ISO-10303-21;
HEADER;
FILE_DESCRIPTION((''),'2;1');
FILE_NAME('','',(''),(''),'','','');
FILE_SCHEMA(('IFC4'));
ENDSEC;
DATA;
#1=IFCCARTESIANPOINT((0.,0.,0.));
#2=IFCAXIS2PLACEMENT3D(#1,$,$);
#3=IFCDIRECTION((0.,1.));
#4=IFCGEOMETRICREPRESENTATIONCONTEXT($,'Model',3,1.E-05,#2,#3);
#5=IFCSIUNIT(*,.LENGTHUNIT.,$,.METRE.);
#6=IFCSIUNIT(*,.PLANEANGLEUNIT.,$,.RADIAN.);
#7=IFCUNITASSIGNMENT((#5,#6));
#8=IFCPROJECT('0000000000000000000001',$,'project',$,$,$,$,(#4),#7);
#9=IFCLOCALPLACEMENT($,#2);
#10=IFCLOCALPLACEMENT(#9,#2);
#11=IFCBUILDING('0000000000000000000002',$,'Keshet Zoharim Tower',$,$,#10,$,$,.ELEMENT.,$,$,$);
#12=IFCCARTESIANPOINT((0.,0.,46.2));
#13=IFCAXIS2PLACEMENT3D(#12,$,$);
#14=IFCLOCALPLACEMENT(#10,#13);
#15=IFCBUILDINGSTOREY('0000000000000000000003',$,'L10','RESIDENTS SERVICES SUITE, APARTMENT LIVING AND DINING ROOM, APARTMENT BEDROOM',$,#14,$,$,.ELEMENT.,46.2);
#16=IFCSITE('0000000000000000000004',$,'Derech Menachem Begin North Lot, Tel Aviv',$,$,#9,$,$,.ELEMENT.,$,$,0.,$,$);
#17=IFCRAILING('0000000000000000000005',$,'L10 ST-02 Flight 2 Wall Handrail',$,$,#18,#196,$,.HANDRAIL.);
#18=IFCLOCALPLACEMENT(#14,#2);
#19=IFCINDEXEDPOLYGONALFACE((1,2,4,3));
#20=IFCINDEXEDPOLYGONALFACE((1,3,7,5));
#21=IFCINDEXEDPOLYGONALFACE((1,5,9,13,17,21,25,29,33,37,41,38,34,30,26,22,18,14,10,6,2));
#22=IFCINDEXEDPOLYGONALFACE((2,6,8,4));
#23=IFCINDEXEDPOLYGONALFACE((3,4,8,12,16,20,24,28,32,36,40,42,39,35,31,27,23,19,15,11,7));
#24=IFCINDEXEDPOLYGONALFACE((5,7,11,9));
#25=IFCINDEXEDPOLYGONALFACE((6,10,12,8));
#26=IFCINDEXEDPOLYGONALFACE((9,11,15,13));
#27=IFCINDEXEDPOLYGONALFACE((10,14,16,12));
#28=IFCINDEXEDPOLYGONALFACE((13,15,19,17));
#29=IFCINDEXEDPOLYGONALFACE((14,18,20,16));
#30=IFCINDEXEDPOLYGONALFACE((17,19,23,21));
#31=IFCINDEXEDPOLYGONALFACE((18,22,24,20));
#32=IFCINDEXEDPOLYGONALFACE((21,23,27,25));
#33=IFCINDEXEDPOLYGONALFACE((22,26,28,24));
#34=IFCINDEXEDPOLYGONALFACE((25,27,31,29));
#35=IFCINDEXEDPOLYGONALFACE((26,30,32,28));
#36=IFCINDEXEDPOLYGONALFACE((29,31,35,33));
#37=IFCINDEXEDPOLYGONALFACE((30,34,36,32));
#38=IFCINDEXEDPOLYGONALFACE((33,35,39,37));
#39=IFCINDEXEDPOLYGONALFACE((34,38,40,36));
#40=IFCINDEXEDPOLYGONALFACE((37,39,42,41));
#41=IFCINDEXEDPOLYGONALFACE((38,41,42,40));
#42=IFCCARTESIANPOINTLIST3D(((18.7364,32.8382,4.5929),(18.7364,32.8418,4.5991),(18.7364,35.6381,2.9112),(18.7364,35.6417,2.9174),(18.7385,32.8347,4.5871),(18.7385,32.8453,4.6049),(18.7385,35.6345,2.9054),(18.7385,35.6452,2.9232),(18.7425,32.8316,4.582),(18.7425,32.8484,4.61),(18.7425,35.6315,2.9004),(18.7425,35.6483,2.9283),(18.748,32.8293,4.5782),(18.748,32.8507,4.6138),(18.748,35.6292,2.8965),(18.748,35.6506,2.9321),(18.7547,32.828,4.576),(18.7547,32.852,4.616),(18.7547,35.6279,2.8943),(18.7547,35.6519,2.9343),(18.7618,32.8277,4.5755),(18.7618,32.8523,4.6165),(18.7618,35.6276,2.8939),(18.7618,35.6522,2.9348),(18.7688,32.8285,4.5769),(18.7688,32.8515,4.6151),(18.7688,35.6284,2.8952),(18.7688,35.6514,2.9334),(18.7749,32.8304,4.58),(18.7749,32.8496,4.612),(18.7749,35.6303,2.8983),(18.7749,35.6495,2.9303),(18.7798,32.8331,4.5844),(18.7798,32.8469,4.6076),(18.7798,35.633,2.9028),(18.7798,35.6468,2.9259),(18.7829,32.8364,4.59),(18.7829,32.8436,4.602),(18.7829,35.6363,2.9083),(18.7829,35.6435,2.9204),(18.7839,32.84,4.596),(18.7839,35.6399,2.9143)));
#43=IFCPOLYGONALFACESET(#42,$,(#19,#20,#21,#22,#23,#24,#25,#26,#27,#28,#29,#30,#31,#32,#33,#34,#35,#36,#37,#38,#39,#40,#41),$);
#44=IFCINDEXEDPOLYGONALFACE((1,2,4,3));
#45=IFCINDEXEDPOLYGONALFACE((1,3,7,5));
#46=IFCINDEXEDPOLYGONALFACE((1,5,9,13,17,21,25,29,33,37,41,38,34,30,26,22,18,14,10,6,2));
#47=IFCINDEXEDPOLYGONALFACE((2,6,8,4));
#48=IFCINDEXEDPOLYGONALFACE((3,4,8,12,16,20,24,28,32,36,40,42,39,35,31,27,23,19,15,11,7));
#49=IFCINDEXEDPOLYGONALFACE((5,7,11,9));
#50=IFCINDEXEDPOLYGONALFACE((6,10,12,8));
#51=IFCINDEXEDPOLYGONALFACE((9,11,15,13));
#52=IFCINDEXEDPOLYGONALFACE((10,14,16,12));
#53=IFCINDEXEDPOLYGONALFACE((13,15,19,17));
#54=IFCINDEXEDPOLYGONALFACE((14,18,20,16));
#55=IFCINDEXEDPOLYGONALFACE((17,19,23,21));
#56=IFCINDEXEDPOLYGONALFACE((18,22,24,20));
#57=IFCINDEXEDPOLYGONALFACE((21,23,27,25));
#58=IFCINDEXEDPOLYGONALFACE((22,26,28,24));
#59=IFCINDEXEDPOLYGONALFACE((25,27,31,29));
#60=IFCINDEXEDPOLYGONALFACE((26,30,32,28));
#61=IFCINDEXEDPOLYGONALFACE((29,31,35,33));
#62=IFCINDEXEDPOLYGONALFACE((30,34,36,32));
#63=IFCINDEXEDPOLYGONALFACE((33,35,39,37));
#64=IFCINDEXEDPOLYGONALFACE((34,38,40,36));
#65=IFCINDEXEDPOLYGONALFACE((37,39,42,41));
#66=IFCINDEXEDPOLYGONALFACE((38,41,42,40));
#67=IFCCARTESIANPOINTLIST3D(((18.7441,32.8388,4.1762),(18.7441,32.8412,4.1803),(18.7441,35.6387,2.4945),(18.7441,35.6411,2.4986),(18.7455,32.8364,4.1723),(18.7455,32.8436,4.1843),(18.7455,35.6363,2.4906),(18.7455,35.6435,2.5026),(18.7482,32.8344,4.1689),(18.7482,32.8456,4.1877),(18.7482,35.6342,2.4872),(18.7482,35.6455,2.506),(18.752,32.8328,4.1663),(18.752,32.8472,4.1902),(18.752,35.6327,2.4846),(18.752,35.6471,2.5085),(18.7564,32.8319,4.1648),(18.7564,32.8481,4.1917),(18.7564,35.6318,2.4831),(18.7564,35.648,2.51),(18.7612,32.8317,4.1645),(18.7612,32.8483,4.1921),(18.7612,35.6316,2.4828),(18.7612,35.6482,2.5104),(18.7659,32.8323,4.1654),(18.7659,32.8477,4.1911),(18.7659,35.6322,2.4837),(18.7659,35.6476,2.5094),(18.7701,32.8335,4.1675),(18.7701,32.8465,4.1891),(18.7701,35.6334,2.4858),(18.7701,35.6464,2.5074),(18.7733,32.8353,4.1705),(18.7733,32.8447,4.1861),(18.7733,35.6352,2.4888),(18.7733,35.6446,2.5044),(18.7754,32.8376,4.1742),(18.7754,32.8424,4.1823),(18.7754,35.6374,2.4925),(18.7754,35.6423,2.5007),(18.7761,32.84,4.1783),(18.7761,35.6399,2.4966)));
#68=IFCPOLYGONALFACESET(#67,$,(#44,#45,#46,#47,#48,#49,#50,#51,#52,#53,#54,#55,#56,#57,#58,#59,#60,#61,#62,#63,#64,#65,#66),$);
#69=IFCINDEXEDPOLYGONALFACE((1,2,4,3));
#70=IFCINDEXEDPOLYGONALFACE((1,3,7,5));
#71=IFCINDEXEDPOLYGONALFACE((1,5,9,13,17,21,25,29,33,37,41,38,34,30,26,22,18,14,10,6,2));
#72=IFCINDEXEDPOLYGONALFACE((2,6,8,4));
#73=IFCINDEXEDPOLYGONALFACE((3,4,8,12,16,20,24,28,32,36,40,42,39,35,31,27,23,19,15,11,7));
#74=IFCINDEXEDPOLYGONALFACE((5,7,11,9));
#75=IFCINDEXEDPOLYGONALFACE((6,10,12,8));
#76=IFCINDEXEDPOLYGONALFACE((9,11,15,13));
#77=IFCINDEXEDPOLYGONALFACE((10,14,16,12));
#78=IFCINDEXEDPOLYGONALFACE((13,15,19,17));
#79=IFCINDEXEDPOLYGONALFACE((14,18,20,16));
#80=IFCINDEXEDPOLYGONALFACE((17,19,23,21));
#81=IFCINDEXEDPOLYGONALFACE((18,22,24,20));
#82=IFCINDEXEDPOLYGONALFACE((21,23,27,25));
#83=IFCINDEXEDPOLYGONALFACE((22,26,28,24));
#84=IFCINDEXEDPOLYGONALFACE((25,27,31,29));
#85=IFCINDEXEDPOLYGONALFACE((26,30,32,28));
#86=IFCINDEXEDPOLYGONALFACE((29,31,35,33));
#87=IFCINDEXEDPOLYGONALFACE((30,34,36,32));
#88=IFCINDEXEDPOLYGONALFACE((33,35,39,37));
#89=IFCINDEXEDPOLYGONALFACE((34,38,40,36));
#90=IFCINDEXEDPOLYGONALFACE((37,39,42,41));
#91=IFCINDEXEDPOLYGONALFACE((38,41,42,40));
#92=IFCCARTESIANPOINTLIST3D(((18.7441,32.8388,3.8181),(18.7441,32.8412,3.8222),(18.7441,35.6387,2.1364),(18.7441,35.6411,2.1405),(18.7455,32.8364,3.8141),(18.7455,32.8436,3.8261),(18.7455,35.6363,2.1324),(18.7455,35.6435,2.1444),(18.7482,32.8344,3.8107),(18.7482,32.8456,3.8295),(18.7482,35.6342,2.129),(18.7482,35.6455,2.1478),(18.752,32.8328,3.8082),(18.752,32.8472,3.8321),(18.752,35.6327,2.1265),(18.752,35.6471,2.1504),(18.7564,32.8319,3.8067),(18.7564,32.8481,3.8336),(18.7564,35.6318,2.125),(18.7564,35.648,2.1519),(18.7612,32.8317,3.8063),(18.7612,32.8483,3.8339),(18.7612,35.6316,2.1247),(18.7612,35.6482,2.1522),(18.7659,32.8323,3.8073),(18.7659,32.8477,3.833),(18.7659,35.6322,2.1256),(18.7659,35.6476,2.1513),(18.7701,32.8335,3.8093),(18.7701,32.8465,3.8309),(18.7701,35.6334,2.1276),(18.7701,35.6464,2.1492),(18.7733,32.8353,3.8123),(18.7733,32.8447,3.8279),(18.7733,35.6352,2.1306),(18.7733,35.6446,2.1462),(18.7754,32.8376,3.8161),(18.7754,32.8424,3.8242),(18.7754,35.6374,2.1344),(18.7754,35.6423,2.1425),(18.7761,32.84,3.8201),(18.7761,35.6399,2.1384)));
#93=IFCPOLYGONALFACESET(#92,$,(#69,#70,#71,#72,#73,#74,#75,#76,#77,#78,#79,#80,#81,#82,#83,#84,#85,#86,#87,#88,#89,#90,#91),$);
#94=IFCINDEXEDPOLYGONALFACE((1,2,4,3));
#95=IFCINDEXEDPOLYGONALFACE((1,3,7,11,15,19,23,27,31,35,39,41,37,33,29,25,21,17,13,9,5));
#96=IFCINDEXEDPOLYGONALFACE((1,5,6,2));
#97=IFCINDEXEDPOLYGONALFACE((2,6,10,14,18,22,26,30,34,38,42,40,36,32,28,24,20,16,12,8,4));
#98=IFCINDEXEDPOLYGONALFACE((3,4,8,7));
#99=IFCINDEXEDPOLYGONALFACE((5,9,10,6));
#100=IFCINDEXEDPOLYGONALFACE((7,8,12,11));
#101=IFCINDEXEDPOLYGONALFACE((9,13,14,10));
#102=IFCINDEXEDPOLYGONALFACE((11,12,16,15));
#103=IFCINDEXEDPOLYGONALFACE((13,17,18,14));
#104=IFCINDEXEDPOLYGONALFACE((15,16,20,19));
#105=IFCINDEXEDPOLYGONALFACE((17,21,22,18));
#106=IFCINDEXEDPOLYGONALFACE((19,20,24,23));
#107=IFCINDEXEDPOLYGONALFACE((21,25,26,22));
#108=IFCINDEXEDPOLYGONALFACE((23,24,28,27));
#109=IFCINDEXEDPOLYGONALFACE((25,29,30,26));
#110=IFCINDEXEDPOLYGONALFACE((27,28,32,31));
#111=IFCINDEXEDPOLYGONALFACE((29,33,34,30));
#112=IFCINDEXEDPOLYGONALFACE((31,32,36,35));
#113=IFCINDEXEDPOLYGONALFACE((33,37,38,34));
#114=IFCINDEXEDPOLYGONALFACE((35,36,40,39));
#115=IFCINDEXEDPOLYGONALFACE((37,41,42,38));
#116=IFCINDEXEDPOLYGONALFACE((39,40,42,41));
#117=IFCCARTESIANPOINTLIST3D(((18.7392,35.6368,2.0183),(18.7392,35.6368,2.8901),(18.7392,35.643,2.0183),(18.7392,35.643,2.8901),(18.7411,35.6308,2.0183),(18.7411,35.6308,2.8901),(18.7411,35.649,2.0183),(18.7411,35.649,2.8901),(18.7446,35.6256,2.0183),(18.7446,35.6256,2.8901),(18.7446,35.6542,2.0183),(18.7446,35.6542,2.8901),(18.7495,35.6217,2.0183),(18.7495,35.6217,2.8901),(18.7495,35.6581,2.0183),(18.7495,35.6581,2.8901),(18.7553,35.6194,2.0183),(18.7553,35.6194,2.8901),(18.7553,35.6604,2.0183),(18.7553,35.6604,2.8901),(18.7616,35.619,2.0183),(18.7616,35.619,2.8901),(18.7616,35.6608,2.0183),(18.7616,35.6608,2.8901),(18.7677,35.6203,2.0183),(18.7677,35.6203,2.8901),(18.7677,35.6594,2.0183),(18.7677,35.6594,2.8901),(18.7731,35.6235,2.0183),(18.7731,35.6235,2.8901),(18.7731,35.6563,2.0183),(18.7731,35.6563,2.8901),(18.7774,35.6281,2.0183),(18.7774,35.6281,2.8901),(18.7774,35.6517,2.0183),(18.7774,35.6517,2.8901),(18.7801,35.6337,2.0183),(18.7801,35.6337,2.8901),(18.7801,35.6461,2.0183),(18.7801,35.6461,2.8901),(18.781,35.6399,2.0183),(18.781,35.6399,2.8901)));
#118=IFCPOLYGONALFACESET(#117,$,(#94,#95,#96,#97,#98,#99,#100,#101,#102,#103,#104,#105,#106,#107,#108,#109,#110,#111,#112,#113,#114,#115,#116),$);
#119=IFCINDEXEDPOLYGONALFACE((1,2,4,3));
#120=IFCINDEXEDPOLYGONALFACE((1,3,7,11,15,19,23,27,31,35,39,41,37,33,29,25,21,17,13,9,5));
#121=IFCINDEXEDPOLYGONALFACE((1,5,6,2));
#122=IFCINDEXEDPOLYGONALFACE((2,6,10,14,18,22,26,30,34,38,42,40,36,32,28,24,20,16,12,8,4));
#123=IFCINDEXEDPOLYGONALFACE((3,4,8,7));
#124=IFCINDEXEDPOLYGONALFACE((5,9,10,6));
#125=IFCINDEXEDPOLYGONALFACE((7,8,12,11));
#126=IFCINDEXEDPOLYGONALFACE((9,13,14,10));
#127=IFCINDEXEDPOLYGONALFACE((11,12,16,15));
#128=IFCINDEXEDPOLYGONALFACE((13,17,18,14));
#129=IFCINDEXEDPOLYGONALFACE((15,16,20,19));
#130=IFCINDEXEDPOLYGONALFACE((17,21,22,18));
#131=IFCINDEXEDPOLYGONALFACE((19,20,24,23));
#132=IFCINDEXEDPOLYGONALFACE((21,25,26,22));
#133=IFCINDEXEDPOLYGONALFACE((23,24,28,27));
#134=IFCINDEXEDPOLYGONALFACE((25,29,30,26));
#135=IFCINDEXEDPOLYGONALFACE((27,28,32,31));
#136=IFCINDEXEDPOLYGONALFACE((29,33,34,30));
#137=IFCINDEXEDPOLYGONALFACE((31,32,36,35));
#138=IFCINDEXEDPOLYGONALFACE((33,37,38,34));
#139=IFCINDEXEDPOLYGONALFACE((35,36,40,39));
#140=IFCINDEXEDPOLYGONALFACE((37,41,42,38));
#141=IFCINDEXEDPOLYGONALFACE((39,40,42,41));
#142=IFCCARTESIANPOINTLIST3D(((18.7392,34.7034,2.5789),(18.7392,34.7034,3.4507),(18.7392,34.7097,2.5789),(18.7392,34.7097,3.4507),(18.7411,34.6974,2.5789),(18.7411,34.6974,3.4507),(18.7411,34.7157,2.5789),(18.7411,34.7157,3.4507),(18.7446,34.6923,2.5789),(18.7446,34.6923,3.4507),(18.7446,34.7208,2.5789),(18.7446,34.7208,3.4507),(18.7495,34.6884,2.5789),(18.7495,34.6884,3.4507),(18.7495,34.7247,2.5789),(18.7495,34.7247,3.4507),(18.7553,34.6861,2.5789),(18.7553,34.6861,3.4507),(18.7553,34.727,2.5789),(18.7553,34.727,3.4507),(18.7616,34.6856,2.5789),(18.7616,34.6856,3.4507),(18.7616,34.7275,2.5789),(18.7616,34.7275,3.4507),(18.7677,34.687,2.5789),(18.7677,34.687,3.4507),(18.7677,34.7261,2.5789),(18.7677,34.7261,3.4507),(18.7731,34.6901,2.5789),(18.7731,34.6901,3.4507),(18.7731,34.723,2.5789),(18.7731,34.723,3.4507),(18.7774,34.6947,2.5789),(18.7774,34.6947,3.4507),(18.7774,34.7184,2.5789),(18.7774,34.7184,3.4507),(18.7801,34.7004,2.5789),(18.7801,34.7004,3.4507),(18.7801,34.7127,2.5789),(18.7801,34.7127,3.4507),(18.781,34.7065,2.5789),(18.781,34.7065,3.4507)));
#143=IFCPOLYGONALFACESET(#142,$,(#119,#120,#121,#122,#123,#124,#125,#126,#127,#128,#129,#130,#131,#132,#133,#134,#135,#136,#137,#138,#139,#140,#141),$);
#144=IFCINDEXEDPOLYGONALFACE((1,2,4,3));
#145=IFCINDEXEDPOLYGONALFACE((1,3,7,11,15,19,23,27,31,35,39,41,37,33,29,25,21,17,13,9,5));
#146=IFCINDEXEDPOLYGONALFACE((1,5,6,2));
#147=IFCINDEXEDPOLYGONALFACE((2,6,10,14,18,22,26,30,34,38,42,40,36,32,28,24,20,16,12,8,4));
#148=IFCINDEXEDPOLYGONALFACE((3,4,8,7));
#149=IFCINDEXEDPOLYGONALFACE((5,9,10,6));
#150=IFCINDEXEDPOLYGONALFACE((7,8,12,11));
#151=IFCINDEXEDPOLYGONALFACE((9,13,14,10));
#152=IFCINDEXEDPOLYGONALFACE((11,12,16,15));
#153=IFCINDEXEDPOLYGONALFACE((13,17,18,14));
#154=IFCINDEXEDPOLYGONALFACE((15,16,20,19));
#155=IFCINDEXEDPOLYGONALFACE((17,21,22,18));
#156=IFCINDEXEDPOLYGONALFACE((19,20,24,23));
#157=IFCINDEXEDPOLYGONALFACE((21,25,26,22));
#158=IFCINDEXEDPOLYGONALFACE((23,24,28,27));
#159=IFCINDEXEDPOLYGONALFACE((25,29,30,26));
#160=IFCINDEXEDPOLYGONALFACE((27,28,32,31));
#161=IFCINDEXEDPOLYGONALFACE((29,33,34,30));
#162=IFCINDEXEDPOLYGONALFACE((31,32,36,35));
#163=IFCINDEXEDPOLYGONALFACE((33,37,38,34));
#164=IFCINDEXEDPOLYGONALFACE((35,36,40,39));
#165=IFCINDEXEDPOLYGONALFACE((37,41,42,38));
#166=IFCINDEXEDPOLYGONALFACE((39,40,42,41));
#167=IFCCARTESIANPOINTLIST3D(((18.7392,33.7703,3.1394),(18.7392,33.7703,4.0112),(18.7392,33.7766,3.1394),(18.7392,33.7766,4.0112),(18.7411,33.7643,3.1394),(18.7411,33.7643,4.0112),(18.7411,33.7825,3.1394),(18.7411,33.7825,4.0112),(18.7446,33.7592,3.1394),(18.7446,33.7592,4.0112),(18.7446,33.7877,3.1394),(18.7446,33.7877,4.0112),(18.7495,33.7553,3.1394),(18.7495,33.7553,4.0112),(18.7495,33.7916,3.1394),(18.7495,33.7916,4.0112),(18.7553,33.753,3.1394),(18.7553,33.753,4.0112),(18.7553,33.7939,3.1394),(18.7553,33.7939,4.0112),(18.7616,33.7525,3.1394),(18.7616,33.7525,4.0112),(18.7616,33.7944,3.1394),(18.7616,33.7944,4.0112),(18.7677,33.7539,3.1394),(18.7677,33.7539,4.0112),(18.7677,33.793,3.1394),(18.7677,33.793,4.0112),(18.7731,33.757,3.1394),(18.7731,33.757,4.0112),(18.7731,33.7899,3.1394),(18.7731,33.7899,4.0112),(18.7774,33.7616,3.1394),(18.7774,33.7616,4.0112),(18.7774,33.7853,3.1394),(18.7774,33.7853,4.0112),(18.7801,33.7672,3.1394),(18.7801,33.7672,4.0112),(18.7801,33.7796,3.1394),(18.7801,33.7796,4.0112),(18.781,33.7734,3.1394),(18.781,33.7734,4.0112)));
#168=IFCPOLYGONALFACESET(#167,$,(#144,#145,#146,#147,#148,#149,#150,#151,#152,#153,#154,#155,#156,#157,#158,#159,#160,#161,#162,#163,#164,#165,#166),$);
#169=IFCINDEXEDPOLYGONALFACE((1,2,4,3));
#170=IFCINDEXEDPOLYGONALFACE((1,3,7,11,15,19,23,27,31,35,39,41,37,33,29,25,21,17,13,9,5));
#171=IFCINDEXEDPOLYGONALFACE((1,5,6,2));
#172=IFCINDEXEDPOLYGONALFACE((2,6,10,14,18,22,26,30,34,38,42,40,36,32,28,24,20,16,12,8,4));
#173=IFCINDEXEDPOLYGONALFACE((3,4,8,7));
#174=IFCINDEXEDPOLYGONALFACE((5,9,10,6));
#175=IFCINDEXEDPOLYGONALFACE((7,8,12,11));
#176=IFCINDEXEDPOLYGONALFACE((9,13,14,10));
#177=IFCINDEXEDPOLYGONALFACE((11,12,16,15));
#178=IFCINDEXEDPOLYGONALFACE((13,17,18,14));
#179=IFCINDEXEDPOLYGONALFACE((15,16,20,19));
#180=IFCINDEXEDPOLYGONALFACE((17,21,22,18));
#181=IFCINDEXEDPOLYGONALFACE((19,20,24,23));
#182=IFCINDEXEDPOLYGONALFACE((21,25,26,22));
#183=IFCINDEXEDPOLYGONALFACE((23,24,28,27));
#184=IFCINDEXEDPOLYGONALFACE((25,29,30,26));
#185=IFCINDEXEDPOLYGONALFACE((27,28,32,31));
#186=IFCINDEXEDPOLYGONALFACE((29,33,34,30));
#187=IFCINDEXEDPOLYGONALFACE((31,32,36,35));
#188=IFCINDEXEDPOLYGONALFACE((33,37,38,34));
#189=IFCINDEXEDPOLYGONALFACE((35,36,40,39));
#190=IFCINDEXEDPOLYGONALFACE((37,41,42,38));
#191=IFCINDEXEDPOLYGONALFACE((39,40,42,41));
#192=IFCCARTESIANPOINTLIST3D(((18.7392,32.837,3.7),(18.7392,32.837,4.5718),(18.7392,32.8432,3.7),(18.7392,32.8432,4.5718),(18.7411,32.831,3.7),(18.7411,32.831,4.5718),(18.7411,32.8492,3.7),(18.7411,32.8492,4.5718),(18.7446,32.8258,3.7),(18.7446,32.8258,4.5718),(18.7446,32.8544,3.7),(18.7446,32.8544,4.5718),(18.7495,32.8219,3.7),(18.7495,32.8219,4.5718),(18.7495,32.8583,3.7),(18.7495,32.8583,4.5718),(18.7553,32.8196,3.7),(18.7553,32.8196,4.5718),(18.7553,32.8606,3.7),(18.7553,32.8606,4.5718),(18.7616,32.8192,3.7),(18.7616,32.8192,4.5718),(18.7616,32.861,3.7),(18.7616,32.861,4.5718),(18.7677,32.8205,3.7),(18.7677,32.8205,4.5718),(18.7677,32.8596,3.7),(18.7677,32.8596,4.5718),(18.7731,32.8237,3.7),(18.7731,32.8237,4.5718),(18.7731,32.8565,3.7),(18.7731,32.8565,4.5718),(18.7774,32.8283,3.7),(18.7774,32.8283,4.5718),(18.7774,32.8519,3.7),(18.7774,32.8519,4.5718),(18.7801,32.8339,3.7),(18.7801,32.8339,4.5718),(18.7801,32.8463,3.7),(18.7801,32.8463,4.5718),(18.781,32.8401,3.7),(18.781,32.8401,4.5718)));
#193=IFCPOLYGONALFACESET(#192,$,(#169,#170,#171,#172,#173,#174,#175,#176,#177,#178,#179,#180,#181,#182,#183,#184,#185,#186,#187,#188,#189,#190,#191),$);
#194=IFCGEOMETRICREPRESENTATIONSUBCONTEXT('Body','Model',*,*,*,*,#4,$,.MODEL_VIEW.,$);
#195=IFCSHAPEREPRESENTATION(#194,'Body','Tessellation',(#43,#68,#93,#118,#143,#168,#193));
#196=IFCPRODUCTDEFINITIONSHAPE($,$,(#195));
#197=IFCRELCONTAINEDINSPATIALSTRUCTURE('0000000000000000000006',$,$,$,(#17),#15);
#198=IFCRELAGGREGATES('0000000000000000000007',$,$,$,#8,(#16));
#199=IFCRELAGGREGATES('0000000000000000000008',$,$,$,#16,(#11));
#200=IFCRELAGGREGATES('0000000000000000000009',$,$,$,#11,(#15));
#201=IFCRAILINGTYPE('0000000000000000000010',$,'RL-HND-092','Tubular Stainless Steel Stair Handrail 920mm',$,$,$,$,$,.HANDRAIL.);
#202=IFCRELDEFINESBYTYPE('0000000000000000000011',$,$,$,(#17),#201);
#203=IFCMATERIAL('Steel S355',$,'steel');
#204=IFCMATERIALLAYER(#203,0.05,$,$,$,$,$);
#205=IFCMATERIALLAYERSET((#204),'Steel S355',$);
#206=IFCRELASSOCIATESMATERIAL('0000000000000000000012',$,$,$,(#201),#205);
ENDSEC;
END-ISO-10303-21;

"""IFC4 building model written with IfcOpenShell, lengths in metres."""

from ifc_helpers import new_model, si_unit, direction, frame, origin, origin_2d, place, context, subcontext, project, spatial, circle, extrude, material, layer, layer_set, type_object, element, save


model = new_model("IFC4")

# Units and contexts
model_context = context("Model", 3, precision=1e-05, world=origin(), true_north=direction((0.0, 1.0)))
body_context = subcontext(model_context, "Body", "Model", "MODEL_VIEW")
ifc_project = project(units=[si_unit("LENGTHUNIT", "METRE"), si_unit("PLANEANGLEUNIT", "RADIAN")], contexts=[model_context])

# Site, building, storey
site_placement = place(None, origin())
site = spatial("IfcSite", under=ifc_project, at=site_placement, Name="Derech Menachem Begin North Lot, Tel Aviv", CompositionType="ELEMENT", RefElevation=0.0)
building_placement = place(site_placement, origin())
building = spatial("IfcBuilding", under=site, at=building_placement, Name="Keshet Zoharim Tower", CompositionType="ELEMENT")
storey_placement = place(building_placement, frame((0.0, 0.0, 46.2)))
storey = spatial("IfcBuildingStorey", under=building, at=storey_placement, Name="L10", Description="RESIDENTS SERVICES SUITE, APARTMENT LIVING AND DINING ROOM, APARTMENT BEDROOM", CompositionType="ELEMENT", Elevation=46.2)

# Shared definitions
ifc_material_1 = material(Name="Steel S355", Category="steel")

# Railing
ifc_layer_1 = layer(ifc_material_1, 0.05)
ifc_layer_set_1 = layer_set([ifc_layer_1], Name="Steel S355")
railing_type = type_object("IfcRailingType", Name="RL-HND-092", Description="Tubular Stainless Steel Stair Handrail 920mm", PredefinedType="HANDRAIL", material=ifc_layer_set_1)
railing_1_placement = place(storey_placement, frame((18.76, 35.6399, 2.0183)))
element("IfcRailing", 1, at=railing_1_placement, inside=storey, type_object=railing_type, Name="L10 ST-02 Flight 2 Wall Handrail", PredefinedType="HANDRAIL", context=body_context, shape_type="SweptSolid", body=[
    extrude(circle(Radius=0.0239, at=origin_2d()), frame((0.0, 0.0, 0.896), z_axis=(0.0, -0.857255, 0.514891), x_axis=(1.0, 0.0, 0.0)), (0.0, 0.0, 1.0), 3.2661),
    extrude(circle(Radius=0.0161, at=origin_2d()), frame((0.0, 0.0, 0.4783), z_axis=(0.0, -0.857255, 0.514891), x_axis=(1.0, 0.0, 0.0)), (0.0, 0.0, 1.0), 3.2661),
    extrude(circle(Radius=0.0161, at=origin_2d()), frame((0.0, 0.0, 0.1201), z_axis=(0.0, -0.857255, 0.514891), x_axis=(1.0, 0.0, 0.0)), (0.0, 0.0, 1.0), 3.2661),
    extrude(circle(Radius=0.021, at=origin_2d()), origin(), (0.0, 0.0, 1.0), 0.8718),
    extrude(circle(Radius=0.021, at=origin_2d()), frame((0.0, -0.9333, 0.5605)), (0.0, 0.0, 1.0), 0.8718),
    extrude(circle(Radius=0.021, at=origin_2d()), frame((0.0, -1.8665, 1.1211)), (0.0, 0.0, 1.0), 0.8718),
    extrude(circle(Radius=0.021, at=origin_2d()), frame((0.0, -2.7998, 1.6816)), (0.0, 0.0, 1.0), 0.8718),
])

save(model, "model.ifc")
